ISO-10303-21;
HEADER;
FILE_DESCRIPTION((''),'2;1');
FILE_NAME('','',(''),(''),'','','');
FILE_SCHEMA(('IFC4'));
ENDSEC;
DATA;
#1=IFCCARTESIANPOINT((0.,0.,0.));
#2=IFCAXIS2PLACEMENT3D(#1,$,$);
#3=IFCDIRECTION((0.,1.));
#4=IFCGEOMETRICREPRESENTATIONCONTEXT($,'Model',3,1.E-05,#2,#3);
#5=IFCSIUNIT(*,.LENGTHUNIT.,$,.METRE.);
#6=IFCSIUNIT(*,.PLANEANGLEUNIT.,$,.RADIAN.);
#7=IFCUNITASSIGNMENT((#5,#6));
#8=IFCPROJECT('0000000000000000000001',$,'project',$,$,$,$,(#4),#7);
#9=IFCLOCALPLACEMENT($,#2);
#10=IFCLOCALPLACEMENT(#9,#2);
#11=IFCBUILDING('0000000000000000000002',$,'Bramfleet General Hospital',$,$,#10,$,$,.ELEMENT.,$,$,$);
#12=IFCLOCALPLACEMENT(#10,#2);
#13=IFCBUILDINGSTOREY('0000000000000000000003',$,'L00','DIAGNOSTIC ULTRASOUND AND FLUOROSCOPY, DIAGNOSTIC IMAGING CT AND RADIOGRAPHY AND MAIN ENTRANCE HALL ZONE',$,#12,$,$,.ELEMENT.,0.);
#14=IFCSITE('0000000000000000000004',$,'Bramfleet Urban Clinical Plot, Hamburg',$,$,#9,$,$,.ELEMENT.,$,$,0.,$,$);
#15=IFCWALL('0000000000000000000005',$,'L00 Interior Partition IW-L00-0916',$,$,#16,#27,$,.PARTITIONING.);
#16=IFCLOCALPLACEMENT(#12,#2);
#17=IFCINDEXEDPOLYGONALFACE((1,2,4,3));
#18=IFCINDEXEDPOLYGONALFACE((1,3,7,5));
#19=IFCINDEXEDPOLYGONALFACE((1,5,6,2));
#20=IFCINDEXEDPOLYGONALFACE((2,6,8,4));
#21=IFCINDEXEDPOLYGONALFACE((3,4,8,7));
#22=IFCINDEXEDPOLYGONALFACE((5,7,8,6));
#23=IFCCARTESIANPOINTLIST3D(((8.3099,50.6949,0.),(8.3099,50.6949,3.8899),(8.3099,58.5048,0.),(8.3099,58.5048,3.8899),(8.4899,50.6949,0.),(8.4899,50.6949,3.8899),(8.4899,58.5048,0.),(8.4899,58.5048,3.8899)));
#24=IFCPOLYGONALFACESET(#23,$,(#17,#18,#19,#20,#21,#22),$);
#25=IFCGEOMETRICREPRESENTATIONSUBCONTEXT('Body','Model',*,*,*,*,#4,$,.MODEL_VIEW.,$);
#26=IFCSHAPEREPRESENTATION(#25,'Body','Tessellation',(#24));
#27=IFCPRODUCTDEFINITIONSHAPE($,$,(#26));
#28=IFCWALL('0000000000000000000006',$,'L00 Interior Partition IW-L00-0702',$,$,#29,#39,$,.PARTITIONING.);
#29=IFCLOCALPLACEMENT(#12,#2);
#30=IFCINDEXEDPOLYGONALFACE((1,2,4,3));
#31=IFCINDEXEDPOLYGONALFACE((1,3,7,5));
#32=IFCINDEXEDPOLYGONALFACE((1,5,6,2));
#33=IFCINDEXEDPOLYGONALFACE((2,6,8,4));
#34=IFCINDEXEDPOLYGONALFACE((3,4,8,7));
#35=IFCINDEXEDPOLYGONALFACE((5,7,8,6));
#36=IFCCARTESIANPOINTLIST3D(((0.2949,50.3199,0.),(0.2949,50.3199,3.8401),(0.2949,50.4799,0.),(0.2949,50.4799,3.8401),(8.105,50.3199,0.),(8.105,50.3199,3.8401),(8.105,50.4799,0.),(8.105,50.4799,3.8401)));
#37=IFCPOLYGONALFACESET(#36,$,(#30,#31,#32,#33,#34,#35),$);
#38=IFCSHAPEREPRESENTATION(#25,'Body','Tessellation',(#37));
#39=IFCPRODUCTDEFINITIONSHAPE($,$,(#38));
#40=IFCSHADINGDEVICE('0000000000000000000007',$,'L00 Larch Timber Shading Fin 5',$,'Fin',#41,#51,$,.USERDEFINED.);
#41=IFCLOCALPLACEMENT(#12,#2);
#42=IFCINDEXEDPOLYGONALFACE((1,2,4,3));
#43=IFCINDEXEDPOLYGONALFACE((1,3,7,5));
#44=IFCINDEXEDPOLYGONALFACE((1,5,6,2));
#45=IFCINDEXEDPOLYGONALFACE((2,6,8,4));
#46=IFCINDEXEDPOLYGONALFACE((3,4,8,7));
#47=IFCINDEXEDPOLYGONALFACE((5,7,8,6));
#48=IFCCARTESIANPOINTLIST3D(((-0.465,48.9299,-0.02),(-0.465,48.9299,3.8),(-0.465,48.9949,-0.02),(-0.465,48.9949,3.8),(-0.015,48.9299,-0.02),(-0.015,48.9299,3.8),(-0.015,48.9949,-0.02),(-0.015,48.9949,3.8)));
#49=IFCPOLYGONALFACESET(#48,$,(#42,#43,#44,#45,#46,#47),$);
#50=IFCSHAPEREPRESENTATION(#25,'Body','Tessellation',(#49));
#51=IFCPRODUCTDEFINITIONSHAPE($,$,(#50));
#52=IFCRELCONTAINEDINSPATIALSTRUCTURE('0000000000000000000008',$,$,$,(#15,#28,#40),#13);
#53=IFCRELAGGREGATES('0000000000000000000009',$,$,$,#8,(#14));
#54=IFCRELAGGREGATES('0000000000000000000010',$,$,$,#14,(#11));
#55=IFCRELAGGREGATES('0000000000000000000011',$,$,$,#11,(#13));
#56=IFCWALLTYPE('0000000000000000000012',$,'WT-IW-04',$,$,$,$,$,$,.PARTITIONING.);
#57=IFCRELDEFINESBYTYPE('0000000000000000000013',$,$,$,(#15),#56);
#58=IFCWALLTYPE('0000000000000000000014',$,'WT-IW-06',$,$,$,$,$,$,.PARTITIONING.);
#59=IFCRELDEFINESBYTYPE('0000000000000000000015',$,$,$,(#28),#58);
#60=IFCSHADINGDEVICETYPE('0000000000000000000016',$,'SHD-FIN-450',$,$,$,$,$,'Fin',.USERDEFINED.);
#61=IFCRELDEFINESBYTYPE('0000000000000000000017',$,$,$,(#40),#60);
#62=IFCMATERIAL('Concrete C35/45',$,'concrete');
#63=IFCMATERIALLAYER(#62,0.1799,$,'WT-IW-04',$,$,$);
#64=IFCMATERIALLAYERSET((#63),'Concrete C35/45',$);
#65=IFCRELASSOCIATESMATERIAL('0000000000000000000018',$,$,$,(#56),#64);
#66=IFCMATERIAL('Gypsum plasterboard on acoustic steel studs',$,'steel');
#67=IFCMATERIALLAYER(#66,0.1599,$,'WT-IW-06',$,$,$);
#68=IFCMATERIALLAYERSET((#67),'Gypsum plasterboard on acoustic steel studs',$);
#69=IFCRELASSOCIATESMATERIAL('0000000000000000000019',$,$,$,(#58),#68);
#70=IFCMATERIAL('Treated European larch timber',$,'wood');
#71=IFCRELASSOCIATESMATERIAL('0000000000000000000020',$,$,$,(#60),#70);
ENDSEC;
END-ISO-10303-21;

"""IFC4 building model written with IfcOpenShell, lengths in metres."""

from ifc_helpers import new_model, si_unit, direction, frame, frame_2d, origin, origin_2d, place, context, subcontext, project, spatial, rectangle, extrude, material, layer, layer_set, material_profile, profile_set, type_object, element, save


model = new_model("IFC4")

# Units and contexts
model_context = context("Model", 3, precision=1e-05, world=origin(), true_north=direction((0.0, 1.0)))
body_context = subcontext(model_context, "Body", "Model", "MODEL_VIEW")
ifc_project = project(units=[si_unit("LENGTHUNIT", "METRE"), si_unit("PLANEANGLEUNIT", "RADIAN")], contexts=[model_context])

# Site, building, storey
site_placement = place(None, origin())
site = spatial("IfcSite", under=ifc_project, at=site_placement, Name="Bramfleet Urban Clinical Plot, Hamburg", CompositionType="ELEMENT", RefElevation=0.0)
building_placement = place(site_placement, origin())
building = spatial("IfcBuilding", under=site, at=building_placement, Name="Bramfleet General Hospital", CompositionType="ELEMENT")
storey_placement = place(building_placement, origin())
storey = spatial("IfcBuildingStorey", under=building, at=storey_placement, Name="L00", Description="DIAGNOSTIC ULTRASOUND AND FLUOROSCOPY, DIAGNOSTIC IMAGING CT AND RADIOGRAPHY AND MAIN ENTRANCE HALL ZONE", CompositionType="ELEMENT", Elevation=0.0)

# Shared definitions
ifc_material_1 = material(Name="Concrete C35/45", Category="concrete")

# Walls
ifc_layer_1 = layer(ifc_material_1, 0.1799, Name="WT-IW-04")
ifc_layer_set_1 = layer_set([ifc_layer_1], Name="Concrete C35/45")
wall_type_1 = type_object("IfcWallType", Name="WT-IW-04", PredefinedType="PARTITIONING", material=ifc_layer_set_1)
wall_1_placement = place(storey_placement, frame((8.3999, 50.6951, 0.0), z_axis=(0.0, 0.0, 1.0), x_axis=(0.0, 1.0, 0.0)))
element("IfcWall", 1, at=wall_1_placement, inside=storey, type_object=wall_type_1, Name="L00 Interior Partition IW-L00-0916", PredefinedType="PARTITIONING", context=body_context, shape_type="SweptSolid", body=[
    extrude(rectangle(XDim=7.8098, YDim=0.1799, at=frame_2d((3.9048, 0.0))), origin(), (0.0, 0.0, 1.0), 3.8899),
])
ifc_material_2 = material(Name="Gypsum plasterboard on acoustic steel studs", Category="steel")
ifc_layer_2 = layer(ifc_material_2, 0.1599, Name="WT-IW-06")
ifc_layer_set_2 = layer_set([ifc_layer_2], Name="Gypsum plasterboard on acoustic steel studs")
wall_type_2 = type_object("IfcWallType", Name="WT-IW-06", PredefinedType="PARTITIONING", material=ifc_layer_set_2)
wall_2_placement = place(storey_placement, frame((0.2949, 50.3999, 0.0), z_axis=(0.0, 0.0, 1.0), x_axis=(1.0, 0.0, 0.0)))
element("IfcWall", 2, at=wall_2_placement, inside=storey, type_object=wall_type_2, Name="L00 Interior Partition IW-L00-0702", PredefinedType="PARTITIONING", context=body_context, shape_type="SweptSolid", body=[
    extrude(rectangle(XDim=7.8101, YDim=0.1599, at=frame_2d((3.905, 0.0))), origin(), (0.0, 0.0, 1.0), 3.8401),
])

# Shading device
ifc_material_3 = material(Name="Treated European larch timber", Category="wood")
ifc_material_profile_1 = material_profile(ifc_material_3, rectangle(XDim=0.0649, YDim=0.45, at=origin_2d()), Name="LARCH FIN 450x65")
ifc_profile_set_1 = profile_set([ifc_material_profile_1], Name="Treated European larch timber")
shading_device_type = type_object("IfcShadingDeviceType", Name="SHD-FIN-450", ElementType="Fin", PredefinedType="USERDEFINED", material=ifc_profile_set_1)
shading_device_placement = place(storey_placement, frame((-0.24, 48.9624, -0.02), z_axis=(0.0, 0.0, 1.0), x_axis=(0.0, 1.0, 0.0)))
element("IfcShadingDevice", 3, at=shading_device_placement, inside=storey, type_object=shading_device_type, Name="L00 Larch Timber Shading Fin 5", ObjectType="Fin", PredefinedType="USERDEFINED", context=body_context, shape_type="SweptSolid", body=[
    extrude(rectangle(XDim=0.0649, YDim=0.45, at=origin_2d()), origin(), (0.0, 0.0, 1.0), 3.8201),
])

save(model, "model.ifc")
